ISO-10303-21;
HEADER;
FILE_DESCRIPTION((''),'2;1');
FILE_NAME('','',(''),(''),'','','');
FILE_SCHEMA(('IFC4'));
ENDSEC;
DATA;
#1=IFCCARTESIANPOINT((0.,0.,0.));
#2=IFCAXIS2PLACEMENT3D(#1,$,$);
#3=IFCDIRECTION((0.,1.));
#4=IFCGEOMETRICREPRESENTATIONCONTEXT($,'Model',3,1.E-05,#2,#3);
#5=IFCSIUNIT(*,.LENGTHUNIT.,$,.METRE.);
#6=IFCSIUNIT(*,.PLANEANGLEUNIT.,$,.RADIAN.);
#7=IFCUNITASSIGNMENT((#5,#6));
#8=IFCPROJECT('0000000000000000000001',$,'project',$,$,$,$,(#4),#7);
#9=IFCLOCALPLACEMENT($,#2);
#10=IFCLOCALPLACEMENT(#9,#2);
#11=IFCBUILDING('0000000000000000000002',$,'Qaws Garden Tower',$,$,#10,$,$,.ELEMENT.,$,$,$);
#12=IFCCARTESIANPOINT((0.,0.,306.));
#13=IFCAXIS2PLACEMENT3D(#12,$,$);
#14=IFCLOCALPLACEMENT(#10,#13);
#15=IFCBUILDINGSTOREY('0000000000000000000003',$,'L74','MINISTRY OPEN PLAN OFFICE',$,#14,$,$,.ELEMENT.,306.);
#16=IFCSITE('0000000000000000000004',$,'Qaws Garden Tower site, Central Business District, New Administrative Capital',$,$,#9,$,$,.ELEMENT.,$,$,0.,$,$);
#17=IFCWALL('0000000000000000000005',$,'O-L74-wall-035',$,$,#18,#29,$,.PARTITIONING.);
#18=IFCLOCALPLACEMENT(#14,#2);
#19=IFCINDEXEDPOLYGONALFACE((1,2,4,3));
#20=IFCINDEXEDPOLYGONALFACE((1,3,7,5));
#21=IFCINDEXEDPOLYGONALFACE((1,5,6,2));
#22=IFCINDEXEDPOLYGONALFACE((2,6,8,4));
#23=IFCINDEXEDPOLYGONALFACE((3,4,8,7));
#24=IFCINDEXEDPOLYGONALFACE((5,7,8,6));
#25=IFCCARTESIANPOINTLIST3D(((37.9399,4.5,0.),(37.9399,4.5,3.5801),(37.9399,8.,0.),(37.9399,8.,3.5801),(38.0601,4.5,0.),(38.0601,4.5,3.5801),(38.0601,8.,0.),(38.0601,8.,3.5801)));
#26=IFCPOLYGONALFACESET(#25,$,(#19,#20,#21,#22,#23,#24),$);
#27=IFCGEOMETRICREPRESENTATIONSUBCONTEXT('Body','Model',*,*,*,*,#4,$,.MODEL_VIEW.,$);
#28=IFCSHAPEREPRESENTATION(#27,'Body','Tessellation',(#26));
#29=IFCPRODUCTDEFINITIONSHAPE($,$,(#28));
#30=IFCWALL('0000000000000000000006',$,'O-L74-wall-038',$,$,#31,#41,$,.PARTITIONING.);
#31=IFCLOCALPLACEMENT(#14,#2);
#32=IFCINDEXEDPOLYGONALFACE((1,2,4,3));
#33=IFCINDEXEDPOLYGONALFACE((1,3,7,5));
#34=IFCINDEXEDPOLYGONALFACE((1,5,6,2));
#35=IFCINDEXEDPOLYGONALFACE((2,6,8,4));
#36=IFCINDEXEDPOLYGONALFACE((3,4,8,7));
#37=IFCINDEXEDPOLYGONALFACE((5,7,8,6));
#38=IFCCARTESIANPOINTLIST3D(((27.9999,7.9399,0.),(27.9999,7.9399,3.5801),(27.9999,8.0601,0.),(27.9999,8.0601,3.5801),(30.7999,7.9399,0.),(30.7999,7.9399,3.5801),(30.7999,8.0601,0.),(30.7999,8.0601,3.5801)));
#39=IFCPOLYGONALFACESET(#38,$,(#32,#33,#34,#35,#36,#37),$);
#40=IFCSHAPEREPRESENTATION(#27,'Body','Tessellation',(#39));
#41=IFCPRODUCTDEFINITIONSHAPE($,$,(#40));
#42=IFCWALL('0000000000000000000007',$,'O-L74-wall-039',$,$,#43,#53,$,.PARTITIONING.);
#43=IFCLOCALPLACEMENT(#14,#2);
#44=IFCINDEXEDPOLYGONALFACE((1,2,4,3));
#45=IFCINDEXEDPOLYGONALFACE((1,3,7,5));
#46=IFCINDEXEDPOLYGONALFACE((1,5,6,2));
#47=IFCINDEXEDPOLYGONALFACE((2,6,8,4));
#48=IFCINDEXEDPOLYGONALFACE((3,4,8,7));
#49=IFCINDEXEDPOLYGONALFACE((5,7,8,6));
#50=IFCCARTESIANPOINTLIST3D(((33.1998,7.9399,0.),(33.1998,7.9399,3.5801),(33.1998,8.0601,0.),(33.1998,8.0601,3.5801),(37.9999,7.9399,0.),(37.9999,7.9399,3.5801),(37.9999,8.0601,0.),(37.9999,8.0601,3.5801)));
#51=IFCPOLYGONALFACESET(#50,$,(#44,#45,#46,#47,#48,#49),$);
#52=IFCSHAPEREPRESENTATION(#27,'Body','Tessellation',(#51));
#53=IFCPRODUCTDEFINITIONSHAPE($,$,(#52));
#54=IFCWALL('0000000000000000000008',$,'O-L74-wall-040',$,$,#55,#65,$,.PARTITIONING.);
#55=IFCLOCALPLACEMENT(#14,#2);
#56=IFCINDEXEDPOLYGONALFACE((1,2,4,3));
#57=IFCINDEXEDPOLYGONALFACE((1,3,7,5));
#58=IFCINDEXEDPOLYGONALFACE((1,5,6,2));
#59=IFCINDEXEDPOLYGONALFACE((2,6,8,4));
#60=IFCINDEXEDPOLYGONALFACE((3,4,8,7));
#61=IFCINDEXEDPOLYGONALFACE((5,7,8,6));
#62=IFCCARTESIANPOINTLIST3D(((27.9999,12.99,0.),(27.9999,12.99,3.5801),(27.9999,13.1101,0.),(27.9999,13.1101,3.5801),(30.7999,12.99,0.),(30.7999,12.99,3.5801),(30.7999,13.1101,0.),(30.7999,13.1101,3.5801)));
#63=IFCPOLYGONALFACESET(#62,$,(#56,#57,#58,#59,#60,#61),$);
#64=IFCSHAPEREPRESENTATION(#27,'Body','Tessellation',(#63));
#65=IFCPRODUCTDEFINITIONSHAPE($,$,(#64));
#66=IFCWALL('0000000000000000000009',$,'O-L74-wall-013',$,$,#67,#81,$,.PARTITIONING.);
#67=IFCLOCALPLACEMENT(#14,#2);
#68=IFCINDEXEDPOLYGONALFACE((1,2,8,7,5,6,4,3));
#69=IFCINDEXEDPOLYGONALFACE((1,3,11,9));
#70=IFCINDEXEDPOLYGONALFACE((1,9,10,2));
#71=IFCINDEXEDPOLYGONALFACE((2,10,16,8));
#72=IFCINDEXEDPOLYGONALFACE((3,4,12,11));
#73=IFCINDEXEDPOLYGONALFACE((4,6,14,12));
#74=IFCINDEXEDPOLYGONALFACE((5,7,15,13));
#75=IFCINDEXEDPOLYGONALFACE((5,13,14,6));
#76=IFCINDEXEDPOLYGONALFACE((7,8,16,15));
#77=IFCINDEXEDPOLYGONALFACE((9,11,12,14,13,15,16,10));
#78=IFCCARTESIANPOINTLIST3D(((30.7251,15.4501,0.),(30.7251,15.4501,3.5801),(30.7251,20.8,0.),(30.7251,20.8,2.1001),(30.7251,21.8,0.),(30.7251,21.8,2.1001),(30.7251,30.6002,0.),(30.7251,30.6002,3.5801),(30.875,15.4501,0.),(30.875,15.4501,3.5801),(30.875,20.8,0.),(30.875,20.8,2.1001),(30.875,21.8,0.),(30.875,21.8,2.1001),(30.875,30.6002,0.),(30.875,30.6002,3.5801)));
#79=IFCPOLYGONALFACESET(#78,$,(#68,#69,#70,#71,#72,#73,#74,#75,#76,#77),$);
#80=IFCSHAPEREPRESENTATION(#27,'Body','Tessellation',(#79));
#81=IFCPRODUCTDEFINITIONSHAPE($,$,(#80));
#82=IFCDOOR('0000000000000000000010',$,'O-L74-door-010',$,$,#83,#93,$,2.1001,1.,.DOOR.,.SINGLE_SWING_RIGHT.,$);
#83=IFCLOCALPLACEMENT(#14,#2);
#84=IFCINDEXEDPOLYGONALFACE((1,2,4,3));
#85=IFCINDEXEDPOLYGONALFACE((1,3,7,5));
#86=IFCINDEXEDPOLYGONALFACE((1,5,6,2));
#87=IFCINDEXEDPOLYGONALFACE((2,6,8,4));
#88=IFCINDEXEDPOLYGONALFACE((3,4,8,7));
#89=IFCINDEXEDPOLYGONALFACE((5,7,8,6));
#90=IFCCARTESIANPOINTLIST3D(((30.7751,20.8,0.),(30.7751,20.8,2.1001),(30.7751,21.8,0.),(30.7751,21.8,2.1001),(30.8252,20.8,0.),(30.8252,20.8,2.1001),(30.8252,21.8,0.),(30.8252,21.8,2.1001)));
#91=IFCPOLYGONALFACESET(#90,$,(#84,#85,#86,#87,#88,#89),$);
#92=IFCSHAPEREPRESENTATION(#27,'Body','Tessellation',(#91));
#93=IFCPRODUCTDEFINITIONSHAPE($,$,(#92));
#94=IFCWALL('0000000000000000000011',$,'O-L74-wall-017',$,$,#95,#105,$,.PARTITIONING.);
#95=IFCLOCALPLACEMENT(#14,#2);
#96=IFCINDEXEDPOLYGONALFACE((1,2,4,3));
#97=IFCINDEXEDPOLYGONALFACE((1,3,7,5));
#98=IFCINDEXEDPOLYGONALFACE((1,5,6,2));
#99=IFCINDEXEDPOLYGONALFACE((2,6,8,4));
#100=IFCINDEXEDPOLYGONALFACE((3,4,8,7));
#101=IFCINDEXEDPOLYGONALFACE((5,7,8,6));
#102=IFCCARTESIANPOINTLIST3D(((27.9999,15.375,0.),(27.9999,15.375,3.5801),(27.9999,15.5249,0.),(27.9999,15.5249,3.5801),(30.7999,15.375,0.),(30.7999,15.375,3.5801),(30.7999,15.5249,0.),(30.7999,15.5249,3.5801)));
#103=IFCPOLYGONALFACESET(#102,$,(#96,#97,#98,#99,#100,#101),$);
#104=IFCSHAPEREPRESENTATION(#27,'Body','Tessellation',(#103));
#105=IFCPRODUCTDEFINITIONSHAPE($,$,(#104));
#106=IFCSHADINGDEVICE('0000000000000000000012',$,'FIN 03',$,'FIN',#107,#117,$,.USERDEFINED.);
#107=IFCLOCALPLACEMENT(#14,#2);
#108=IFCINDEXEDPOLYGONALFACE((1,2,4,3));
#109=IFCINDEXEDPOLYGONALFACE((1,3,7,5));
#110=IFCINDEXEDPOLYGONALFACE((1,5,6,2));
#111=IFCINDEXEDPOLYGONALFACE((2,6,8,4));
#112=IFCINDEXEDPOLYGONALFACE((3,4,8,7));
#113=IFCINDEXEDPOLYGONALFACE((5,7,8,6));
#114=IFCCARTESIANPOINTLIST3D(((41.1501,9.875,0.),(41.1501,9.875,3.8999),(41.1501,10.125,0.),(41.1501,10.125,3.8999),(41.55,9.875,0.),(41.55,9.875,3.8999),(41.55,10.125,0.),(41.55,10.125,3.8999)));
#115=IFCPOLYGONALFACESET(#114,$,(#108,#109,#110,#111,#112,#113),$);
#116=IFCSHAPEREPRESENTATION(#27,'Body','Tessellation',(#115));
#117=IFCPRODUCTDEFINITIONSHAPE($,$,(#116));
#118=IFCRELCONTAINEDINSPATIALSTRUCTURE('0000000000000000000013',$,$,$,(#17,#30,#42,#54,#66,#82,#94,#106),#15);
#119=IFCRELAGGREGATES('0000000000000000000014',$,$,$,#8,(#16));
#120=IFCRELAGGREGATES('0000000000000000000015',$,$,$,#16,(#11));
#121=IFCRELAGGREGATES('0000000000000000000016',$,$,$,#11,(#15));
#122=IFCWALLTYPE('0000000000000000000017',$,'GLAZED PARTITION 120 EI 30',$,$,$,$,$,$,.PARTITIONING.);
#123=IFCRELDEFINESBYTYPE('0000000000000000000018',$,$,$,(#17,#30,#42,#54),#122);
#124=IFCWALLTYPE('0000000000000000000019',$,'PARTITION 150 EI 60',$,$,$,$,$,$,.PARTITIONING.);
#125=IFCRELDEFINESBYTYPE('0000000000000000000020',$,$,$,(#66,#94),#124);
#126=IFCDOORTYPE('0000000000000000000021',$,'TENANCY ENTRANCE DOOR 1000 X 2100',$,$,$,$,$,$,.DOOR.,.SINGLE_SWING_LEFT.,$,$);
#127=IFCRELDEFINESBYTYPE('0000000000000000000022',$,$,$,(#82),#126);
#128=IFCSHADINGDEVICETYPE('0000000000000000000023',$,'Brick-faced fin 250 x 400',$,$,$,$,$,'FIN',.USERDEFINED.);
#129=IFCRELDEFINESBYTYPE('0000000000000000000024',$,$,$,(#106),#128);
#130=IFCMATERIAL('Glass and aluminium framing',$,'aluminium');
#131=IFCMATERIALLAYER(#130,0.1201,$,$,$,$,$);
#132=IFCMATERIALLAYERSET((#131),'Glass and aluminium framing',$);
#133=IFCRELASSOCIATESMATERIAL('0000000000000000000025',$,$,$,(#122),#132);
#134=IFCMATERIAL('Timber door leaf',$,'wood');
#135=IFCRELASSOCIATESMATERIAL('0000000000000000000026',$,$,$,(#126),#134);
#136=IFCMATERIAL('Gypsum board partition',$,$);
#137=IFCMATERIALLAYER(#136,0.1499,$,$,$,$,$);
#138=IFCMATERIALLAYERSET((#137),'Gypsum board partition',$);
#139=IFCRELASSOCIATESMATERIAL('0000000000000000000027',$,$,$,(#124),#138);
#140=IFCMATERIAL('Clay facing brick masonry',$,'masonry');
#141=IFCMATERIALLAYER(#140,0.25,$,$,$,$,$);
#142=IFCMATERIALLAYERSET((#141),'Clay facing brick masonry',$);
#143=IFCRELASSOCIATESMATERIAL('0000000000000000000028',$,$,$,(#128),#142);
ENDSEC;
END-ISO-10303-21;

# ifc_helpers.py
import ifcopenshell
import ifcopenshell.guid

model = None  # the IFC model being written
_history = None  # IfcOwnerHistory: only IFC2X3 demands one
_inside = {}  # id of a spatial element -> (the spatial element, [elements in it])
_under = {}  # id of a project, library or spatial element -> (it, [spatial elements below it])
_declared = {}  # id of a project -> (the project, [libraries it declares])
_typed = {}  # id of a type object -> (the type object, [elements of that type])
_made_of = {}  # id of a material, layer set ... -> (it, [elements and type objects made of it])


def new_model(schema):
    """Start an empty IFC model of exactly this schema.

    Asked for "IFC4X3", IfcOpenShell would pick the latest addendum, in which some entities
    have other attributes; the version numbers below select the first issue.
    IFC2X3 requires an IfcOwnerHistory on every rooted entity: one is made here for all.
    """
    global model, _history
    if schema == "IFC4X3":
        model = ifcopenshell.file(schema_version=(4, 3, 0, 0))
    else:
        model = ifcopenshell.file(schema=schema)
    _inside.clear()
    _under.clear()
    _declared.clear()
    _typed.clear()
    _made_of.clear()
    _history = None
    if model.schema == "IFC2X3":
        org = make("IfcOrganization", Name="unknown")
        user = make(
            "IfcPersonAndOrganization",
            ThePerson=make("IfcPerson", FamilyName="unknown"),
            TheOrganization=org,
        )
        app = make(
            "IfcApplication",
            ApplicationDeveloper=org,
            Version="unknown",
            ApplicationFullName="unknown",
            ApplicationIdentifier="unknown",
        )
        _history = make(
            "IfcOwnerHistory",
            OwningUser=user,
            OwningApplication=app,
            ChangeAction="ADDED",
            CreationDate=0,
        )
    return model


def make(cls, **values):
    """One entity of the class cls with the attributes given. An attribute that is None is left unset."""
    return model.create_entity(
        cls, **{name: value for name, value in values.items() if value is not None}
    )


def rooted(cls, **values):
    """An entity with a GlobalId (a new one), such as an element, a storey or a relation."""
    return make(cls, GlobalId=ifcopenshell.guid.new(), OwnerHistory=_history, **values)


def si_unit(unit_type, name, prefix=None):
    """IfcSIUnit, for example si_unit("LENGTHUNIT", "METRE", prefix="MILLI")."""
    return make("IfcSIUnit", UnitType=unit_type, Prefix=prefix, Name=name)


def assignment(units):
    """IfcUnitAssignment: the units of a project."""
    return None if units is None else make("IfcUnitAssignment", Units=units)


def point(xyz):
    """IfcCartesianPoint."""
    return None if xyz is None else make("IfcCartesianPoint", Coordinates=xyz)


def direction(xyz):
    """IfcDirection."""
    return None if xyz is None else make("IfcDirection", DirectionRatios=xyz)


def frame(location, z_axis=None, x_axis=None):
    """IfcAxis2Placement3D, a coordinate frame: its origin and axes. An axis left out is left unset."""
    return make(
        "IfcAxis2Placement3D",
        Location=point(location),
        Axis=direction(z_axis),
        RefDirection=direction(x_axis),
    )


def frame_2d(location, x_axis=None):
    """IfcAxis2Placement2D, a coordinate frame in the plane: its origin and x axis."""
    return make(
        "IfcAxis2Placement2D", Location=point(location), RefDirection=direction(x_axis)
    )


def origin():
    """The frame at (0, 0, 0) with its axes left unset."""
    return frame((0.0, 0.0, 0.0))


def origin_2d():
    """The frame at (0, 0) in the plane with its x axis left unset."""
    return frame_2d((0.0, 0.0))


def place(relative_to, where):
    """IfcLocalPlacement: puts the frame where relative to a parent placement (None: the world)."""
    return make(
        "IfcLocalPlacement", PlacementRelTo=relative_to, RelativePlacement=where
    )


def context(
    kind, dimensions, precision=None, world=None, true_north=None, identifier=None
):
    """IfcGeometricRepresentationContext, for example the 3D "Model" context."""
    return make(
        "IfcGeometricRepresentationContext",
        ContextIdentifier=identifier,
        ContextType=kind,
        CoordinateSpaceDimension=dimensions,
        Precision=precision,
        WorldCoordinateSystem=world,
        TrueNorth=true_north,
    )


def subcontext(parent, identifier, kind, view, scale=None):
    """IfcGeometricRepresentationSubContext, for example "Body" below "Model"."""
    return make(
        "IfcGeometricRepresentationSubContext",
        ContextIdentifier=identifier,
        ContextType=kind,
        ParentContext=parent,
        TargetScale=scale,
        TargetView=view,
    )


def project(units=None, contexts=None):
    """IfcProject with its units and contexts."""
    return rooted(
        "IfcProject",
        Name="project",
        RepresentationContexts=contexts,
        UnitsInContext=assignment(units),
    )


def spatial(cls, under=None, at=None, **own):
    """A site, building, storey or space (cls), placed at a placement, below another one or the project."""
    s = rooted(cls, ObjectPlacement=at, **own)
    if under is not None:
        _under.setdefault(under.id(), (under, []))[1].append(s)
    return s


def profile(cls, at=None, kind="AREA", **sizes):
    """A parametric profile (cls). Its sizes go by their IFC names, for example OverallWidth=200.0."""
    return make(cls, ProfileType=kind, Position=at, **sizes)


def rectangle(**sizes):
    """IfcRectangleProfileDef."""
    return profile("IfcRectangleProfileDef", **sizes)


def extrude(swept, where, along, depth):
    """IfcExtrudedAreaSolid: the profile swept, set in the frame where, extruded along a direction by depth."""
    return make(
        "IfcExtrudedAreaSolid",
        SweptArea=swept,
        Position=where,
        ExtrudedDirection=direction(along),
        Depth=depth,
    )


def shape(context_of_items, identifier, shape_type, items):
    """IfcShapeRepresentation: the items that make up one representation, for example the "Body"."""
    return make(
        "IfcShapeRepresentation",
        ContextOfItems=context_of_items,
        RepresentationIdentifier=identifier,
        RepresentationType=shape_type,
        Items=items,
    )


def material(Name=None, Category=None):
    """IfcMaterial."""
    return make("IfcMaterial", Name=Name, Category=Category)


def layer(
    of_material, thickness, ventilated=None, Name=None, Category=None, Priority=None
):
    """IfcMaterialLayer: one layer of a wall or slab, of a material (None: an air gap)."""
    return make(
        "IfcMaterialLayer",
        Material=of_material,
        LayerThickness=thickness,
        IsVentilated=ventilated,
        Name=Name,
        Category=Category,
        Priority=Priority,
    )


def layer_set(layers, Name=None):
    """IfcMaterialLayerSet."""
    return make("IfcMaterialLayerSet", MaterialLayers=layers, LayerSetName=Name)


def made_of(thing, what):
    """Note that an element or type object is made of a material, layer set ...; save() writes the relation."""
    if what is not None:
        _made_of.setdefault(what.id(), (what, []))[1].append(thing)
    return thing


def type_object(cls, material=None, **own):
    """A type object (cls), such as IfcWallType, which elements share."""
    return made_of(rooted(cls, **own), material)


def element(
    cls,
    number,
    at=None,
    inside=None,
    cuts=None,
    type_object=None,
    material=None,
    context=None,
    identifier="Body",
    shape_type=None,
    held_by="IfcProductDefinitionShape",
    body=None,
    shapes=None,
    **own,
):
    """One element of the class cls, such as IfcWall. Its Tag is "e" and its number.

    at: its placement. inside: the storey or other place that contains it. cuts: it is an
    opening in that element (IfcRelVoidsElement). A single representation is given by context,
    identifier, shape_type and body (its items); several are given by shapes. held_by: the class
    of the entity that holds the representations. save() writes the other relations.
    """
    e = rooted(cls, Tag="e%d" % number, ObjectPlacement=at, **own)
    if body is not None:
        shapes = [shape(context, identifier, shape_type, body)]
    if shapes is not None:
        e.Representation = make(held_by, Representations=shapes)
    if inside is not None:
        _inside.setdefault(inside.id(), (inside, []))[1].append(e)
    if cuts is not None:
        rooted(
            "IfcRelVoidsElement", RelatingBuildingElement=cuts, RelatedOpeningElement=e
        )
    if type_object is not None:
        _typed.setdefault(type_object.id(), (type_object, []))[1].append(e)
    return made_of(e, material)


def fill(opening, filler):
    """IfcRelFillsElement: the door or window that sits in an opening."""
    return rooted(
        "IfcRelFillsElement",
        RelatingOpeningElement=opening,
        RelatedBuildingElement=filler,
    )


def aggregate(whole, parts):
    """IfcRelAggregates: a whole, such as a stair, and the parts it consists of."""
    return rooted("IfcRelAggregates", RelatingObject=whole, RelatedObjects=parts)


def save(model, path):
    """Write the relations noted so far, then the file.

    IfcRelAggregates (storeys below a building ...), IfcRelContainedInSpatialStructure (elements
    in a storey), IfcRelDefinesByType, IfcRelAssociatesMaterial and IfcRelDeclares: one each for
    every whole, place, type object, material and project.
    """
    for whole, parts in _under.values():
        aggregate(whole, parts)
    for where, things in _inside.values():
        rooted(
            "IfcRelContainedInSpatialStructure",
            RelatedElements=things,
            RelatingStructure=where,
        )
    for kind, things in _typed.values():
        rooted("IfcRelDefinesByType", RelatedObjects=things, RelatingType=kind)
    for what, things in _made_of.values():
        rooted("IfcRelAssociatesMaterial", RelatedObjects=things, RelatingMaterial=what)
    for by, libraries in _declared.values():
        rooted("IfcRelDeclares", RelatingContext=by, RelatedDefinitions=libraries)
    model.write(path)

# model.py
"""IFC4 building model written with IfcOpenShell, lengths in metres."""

from ifc_helpers import new_model, si_unit, direction, frame, frame_2d, origin, origin_2d, place, context, subcontext, project, spatial, rectangle, extrude, material, layer, layer_set, type_object, element, fill, save


model = new_model("IFC4")

# Units and contexts
model_context = context("Model", 3, precision=1e-05, world=origin(), true_north=direction((0.0, 1.0)))
body_context = subcontext(model_context, "Body", "Model", "MODEL_VIEW")
ifc_project = project(units=[si_unit("LENGTHUNIT", "METRE"), si_unit("PLANEANGLEUNIT", "RADIAN")], contexts=[model_context])

# Site, building, storey
site_placement = place(None, origin())
site = spatial("IfcSite", under=ifc_project, at=site_placement, Name="Qaws Garden Tower site, Central Business District, New Administrative Capital", CompositionType="ELEMENT", RefElevation=0.0)
building_placement = place(site_placement, origin())
building = spatial("IfcBuilding", under=site, at=building_placement, Name="Qaws Garden Tower", CompositionType="ELEMENT")
storey_placement = place(building_placement, frame((0.0, 0.0, 306.0)))
storey = spatial("IfcBuildingStorey", under=building, at=storey_placement, Name="L74", Description="MINISTRY OPEN PLAN OFFICE", CompositionType="ELEMENT", Elevation=306.0)

# Shared definitions
ifc_material_1 = material(Name="Glass and aluminium framing", Category="aluminium")
ifc_layer_1 = layer(ifc_material_1, 0.1201)
ifc_layer_set_1 = layer_set([ifc_layer_1], Name="Glass and aluminium framing")
wall_type_1 = type_object("IfcWallType", Name="GLAZED PARTITION 120 EI 30", PredefinedType="PARTITIONING", material=ifc_layer_set_1)
ifc_material_2 = material(Name="Timber door leaf", Category="wood")
door_type_1 = type_object("IfcDoorType", Name="TENANCY ENTRANCE DOOR 1000 X 2100", OperationType="SINGLE_SWING_LEFT", PredefinedType="DOOR", material=ifc_material_2)

# Walls
wall_1_placement = place(storey_placement, frame((38.0, 4.5, 0.0), z_axis=(0.0, 0.0, 1.0), x_axis=(0.0, 1.0, 0.0)))
element("IfcWall", 1, at=wall_1_placement, inside=storey, type_object=wall_type_1, Name="O-L74-wall-035", PredefinedType="PARTITIONING", context=body_context, shape_type="SweptSolid", body=[
    extrude(rectangle(XDim=3.5, YDim=0.1201, at=frame_2d((1.75, 0.0))), origin(), (0.0, 0.0, 1.0), 3.5801),
])
wall_2_placement = place(storey_placement, frame((28.0, 8.0, 0.0), z_axis=(0.0, 0.0, 1.0), x_axis=(1.0, 0.0, 0.0)))
element("IfcWall", 2, at=wall_2_placement, inside=storey, type_object=wall_type_1, Name="O-L74-wall-038", PredefinedType="PARTITIONING", context=body_context, shape_type="SweptSolid", body=[
    extrude(rectangle(XDim=2.8, YDim=0.1201, at=frame_2d((1.3999, 0.0))), origin(), (0.0, 0.0, 1.0), 3.5801),
])
wall_3_placement = place(storey_placement, frame((33.2, 8.0, 0.0), z_axis=(0.0, 0.0, 1.0), x_axis=(1.0, 0.0, 0.0)))
element("IfcWall", 3, at=wall_3_placement, inside=storey, type_object=wall_type_1, Name="O-L74-wall-039", PredefinedType="PARTITIONING", context=body_context, shape_type="SweptSolid", body=[
    extrude(rectangle(XDim=4.8, YDim=0.1201, at=frame_2d((2.3999, 0.0))), origin(), (0.0, 0.0, 1.0), 3.5801),
])
wall_4_placement = place(storey_placement, frame((28.0, 13.05, 0.0), z_axis=(0.0, 0.0, 1.0), x_axis=(1.0, 0.0, 0.0)))
element("IfcWall", 4, at=wall_4_placement, inside=storey, type_object=wall_type_1, Name="O-L74-wall-040", PredefinedType="PARTITIONING", context=body_context, shape_type="SweptSolid", body=[
    extrude(rectangle(XDim=2.8, YDim=0.1201, at=frame_2d((1.3999, 0.0))), origin(), (0.0, 0.0, 1.0), 3.5801),
])

# Wall, opening, door
ifc_material_3 = material(Name="Gypsum board partition")
ifc_layer_2 = layer(ifc_material_3, 0.1499)
ifc_layer_set_2 = layer_set([ifc_layer_2], Name="Gypsum board partition")
wall_type_2 = type_object("IfcWallType", Name="PARTITION 150 EI 60", PredefinedType="PARTITIONING", material=ifc_layer_set_2)
wall_5_placement = place(storey_placement, frame((30.8, 15.45, 0.0), z_axis=(0.0, 0.0, 1.0), x_axis=(0.0, 1.0, 0.0)))
wall_5 = element("IfcWall", 5, at=wall_5_placement, inside=storey, type_object=wall_type_2, Name="O-L74-wall-013", PredefinedType="PARTITIONING", context=body_context, shape_type="SweptSolid", body=[
    extrude(rectangle(XDim=15.1501, YDim=0.1499, at=frame_2d((7.5752, 0.0))), origin(), (0.0, 0.0, 1.0), 3.5801),
])
opening_1_placement = place(wall_5_placement, frame((5.3501, 0.0, 0.0)))
opening_1 = element("IfcOpeningElement", 6, at=opening_1_placement, cuts=wall_5, PredefinedType="OPENING", context=body_context, shape_type="SweptSolid", body=[
    extrude(rectangle(XDim=1.0, YDim=2.1001, at=frame_2d((0.5, 1.05))), frame((0.0, 0.085, 0.0), z_axis=(0.0, -1.0, 0.0), x_axis=(1.0, 0.0, 0.0)), (0.0, 0.0, 1.0), 0.1699),
])
door_1_placement = place(opening_1_placement, origin())
door_1 = element("IfcDoor", 7, at=door_1_placement, inside=storey, type_object=door_type_1, Name="O-L74-door-010", OperationType="SINGLE_SWING_RIGHT", OverallHeight=2.1001, OverallWidth=1.0, PredefinedType="DOOR", context=body_context, shape_type="SweptSolid", body=[
    extrude(rectangle(XDim=1.0, YDim=2.1001, at=frame_2d((0.5, 1.05))), frame((0.0, 0.0249, 0.0), z_axis=(0.0, -1.0, 0.0), x_axis=(1.0, 0.0, 0.0)), (0.0, 0.0, 1.0), 0.05),
])
fill(opening_1, door_1)

# Wall
wall_6_placement = place(storey_placement, frame((28.0, 15.45, 0.0), z_axis=(0.0, 0.0, 1.0), x_axis=(1.0, 0.0, 0.0)))
element("IfcWall", 8, at=wall_6_placement, inside=storey, type_object=wall_type_2, Name="O-L74-wall-017", PredefinedType="PARTITIONING", context=body_context, shape_type="SweptSolid", body=[
    extrude(rectangle(XDim=2.8, YDim=0.1499, at=frame_2d((1.3999, 0.0))), origin(), (0.0, 0.0, 1.0), 3.5801),
])

# Shading device
ifc_material_4 = material(Name="Clay facing brick masonry", Category="masonry")
ifc_layer_3 = layer(ifc_material_4, 0.25)
ifc_layer_set_3 = layer_set([ifc_layer_3], Name="Clay facing brick masonry")
shading_device_type = type_object("IfcShadingDeviceType", Name="Brick-faced fin 250 x 400", ElementType="FIN", PredefinedType="USERDEFINED", material=ifc_layer_set_3)
shading_device_placement = place(storey_placement, frame((41.3501, 10.0, 0.0), z_axis=(0.0, 0.0, 1.0), x_axis=(0.0, 1.0, 0.0)))
element("IfcShadingDevice", 9, at=shading_device_placement, inside=storey, type_object=shading_device_type, Name="FIN 03", ObjectType="FIN", PredefinedType="USERDEFINED", context=body_context, shape_type="SweptSolid", body=[
    extrude(rectangle(XDim=0.25, YDim=0.3999, at=origin_2d()), origin(), (0.0, 0.0, 1.0), 3.8999),
])

save(model, "model.ifc")
